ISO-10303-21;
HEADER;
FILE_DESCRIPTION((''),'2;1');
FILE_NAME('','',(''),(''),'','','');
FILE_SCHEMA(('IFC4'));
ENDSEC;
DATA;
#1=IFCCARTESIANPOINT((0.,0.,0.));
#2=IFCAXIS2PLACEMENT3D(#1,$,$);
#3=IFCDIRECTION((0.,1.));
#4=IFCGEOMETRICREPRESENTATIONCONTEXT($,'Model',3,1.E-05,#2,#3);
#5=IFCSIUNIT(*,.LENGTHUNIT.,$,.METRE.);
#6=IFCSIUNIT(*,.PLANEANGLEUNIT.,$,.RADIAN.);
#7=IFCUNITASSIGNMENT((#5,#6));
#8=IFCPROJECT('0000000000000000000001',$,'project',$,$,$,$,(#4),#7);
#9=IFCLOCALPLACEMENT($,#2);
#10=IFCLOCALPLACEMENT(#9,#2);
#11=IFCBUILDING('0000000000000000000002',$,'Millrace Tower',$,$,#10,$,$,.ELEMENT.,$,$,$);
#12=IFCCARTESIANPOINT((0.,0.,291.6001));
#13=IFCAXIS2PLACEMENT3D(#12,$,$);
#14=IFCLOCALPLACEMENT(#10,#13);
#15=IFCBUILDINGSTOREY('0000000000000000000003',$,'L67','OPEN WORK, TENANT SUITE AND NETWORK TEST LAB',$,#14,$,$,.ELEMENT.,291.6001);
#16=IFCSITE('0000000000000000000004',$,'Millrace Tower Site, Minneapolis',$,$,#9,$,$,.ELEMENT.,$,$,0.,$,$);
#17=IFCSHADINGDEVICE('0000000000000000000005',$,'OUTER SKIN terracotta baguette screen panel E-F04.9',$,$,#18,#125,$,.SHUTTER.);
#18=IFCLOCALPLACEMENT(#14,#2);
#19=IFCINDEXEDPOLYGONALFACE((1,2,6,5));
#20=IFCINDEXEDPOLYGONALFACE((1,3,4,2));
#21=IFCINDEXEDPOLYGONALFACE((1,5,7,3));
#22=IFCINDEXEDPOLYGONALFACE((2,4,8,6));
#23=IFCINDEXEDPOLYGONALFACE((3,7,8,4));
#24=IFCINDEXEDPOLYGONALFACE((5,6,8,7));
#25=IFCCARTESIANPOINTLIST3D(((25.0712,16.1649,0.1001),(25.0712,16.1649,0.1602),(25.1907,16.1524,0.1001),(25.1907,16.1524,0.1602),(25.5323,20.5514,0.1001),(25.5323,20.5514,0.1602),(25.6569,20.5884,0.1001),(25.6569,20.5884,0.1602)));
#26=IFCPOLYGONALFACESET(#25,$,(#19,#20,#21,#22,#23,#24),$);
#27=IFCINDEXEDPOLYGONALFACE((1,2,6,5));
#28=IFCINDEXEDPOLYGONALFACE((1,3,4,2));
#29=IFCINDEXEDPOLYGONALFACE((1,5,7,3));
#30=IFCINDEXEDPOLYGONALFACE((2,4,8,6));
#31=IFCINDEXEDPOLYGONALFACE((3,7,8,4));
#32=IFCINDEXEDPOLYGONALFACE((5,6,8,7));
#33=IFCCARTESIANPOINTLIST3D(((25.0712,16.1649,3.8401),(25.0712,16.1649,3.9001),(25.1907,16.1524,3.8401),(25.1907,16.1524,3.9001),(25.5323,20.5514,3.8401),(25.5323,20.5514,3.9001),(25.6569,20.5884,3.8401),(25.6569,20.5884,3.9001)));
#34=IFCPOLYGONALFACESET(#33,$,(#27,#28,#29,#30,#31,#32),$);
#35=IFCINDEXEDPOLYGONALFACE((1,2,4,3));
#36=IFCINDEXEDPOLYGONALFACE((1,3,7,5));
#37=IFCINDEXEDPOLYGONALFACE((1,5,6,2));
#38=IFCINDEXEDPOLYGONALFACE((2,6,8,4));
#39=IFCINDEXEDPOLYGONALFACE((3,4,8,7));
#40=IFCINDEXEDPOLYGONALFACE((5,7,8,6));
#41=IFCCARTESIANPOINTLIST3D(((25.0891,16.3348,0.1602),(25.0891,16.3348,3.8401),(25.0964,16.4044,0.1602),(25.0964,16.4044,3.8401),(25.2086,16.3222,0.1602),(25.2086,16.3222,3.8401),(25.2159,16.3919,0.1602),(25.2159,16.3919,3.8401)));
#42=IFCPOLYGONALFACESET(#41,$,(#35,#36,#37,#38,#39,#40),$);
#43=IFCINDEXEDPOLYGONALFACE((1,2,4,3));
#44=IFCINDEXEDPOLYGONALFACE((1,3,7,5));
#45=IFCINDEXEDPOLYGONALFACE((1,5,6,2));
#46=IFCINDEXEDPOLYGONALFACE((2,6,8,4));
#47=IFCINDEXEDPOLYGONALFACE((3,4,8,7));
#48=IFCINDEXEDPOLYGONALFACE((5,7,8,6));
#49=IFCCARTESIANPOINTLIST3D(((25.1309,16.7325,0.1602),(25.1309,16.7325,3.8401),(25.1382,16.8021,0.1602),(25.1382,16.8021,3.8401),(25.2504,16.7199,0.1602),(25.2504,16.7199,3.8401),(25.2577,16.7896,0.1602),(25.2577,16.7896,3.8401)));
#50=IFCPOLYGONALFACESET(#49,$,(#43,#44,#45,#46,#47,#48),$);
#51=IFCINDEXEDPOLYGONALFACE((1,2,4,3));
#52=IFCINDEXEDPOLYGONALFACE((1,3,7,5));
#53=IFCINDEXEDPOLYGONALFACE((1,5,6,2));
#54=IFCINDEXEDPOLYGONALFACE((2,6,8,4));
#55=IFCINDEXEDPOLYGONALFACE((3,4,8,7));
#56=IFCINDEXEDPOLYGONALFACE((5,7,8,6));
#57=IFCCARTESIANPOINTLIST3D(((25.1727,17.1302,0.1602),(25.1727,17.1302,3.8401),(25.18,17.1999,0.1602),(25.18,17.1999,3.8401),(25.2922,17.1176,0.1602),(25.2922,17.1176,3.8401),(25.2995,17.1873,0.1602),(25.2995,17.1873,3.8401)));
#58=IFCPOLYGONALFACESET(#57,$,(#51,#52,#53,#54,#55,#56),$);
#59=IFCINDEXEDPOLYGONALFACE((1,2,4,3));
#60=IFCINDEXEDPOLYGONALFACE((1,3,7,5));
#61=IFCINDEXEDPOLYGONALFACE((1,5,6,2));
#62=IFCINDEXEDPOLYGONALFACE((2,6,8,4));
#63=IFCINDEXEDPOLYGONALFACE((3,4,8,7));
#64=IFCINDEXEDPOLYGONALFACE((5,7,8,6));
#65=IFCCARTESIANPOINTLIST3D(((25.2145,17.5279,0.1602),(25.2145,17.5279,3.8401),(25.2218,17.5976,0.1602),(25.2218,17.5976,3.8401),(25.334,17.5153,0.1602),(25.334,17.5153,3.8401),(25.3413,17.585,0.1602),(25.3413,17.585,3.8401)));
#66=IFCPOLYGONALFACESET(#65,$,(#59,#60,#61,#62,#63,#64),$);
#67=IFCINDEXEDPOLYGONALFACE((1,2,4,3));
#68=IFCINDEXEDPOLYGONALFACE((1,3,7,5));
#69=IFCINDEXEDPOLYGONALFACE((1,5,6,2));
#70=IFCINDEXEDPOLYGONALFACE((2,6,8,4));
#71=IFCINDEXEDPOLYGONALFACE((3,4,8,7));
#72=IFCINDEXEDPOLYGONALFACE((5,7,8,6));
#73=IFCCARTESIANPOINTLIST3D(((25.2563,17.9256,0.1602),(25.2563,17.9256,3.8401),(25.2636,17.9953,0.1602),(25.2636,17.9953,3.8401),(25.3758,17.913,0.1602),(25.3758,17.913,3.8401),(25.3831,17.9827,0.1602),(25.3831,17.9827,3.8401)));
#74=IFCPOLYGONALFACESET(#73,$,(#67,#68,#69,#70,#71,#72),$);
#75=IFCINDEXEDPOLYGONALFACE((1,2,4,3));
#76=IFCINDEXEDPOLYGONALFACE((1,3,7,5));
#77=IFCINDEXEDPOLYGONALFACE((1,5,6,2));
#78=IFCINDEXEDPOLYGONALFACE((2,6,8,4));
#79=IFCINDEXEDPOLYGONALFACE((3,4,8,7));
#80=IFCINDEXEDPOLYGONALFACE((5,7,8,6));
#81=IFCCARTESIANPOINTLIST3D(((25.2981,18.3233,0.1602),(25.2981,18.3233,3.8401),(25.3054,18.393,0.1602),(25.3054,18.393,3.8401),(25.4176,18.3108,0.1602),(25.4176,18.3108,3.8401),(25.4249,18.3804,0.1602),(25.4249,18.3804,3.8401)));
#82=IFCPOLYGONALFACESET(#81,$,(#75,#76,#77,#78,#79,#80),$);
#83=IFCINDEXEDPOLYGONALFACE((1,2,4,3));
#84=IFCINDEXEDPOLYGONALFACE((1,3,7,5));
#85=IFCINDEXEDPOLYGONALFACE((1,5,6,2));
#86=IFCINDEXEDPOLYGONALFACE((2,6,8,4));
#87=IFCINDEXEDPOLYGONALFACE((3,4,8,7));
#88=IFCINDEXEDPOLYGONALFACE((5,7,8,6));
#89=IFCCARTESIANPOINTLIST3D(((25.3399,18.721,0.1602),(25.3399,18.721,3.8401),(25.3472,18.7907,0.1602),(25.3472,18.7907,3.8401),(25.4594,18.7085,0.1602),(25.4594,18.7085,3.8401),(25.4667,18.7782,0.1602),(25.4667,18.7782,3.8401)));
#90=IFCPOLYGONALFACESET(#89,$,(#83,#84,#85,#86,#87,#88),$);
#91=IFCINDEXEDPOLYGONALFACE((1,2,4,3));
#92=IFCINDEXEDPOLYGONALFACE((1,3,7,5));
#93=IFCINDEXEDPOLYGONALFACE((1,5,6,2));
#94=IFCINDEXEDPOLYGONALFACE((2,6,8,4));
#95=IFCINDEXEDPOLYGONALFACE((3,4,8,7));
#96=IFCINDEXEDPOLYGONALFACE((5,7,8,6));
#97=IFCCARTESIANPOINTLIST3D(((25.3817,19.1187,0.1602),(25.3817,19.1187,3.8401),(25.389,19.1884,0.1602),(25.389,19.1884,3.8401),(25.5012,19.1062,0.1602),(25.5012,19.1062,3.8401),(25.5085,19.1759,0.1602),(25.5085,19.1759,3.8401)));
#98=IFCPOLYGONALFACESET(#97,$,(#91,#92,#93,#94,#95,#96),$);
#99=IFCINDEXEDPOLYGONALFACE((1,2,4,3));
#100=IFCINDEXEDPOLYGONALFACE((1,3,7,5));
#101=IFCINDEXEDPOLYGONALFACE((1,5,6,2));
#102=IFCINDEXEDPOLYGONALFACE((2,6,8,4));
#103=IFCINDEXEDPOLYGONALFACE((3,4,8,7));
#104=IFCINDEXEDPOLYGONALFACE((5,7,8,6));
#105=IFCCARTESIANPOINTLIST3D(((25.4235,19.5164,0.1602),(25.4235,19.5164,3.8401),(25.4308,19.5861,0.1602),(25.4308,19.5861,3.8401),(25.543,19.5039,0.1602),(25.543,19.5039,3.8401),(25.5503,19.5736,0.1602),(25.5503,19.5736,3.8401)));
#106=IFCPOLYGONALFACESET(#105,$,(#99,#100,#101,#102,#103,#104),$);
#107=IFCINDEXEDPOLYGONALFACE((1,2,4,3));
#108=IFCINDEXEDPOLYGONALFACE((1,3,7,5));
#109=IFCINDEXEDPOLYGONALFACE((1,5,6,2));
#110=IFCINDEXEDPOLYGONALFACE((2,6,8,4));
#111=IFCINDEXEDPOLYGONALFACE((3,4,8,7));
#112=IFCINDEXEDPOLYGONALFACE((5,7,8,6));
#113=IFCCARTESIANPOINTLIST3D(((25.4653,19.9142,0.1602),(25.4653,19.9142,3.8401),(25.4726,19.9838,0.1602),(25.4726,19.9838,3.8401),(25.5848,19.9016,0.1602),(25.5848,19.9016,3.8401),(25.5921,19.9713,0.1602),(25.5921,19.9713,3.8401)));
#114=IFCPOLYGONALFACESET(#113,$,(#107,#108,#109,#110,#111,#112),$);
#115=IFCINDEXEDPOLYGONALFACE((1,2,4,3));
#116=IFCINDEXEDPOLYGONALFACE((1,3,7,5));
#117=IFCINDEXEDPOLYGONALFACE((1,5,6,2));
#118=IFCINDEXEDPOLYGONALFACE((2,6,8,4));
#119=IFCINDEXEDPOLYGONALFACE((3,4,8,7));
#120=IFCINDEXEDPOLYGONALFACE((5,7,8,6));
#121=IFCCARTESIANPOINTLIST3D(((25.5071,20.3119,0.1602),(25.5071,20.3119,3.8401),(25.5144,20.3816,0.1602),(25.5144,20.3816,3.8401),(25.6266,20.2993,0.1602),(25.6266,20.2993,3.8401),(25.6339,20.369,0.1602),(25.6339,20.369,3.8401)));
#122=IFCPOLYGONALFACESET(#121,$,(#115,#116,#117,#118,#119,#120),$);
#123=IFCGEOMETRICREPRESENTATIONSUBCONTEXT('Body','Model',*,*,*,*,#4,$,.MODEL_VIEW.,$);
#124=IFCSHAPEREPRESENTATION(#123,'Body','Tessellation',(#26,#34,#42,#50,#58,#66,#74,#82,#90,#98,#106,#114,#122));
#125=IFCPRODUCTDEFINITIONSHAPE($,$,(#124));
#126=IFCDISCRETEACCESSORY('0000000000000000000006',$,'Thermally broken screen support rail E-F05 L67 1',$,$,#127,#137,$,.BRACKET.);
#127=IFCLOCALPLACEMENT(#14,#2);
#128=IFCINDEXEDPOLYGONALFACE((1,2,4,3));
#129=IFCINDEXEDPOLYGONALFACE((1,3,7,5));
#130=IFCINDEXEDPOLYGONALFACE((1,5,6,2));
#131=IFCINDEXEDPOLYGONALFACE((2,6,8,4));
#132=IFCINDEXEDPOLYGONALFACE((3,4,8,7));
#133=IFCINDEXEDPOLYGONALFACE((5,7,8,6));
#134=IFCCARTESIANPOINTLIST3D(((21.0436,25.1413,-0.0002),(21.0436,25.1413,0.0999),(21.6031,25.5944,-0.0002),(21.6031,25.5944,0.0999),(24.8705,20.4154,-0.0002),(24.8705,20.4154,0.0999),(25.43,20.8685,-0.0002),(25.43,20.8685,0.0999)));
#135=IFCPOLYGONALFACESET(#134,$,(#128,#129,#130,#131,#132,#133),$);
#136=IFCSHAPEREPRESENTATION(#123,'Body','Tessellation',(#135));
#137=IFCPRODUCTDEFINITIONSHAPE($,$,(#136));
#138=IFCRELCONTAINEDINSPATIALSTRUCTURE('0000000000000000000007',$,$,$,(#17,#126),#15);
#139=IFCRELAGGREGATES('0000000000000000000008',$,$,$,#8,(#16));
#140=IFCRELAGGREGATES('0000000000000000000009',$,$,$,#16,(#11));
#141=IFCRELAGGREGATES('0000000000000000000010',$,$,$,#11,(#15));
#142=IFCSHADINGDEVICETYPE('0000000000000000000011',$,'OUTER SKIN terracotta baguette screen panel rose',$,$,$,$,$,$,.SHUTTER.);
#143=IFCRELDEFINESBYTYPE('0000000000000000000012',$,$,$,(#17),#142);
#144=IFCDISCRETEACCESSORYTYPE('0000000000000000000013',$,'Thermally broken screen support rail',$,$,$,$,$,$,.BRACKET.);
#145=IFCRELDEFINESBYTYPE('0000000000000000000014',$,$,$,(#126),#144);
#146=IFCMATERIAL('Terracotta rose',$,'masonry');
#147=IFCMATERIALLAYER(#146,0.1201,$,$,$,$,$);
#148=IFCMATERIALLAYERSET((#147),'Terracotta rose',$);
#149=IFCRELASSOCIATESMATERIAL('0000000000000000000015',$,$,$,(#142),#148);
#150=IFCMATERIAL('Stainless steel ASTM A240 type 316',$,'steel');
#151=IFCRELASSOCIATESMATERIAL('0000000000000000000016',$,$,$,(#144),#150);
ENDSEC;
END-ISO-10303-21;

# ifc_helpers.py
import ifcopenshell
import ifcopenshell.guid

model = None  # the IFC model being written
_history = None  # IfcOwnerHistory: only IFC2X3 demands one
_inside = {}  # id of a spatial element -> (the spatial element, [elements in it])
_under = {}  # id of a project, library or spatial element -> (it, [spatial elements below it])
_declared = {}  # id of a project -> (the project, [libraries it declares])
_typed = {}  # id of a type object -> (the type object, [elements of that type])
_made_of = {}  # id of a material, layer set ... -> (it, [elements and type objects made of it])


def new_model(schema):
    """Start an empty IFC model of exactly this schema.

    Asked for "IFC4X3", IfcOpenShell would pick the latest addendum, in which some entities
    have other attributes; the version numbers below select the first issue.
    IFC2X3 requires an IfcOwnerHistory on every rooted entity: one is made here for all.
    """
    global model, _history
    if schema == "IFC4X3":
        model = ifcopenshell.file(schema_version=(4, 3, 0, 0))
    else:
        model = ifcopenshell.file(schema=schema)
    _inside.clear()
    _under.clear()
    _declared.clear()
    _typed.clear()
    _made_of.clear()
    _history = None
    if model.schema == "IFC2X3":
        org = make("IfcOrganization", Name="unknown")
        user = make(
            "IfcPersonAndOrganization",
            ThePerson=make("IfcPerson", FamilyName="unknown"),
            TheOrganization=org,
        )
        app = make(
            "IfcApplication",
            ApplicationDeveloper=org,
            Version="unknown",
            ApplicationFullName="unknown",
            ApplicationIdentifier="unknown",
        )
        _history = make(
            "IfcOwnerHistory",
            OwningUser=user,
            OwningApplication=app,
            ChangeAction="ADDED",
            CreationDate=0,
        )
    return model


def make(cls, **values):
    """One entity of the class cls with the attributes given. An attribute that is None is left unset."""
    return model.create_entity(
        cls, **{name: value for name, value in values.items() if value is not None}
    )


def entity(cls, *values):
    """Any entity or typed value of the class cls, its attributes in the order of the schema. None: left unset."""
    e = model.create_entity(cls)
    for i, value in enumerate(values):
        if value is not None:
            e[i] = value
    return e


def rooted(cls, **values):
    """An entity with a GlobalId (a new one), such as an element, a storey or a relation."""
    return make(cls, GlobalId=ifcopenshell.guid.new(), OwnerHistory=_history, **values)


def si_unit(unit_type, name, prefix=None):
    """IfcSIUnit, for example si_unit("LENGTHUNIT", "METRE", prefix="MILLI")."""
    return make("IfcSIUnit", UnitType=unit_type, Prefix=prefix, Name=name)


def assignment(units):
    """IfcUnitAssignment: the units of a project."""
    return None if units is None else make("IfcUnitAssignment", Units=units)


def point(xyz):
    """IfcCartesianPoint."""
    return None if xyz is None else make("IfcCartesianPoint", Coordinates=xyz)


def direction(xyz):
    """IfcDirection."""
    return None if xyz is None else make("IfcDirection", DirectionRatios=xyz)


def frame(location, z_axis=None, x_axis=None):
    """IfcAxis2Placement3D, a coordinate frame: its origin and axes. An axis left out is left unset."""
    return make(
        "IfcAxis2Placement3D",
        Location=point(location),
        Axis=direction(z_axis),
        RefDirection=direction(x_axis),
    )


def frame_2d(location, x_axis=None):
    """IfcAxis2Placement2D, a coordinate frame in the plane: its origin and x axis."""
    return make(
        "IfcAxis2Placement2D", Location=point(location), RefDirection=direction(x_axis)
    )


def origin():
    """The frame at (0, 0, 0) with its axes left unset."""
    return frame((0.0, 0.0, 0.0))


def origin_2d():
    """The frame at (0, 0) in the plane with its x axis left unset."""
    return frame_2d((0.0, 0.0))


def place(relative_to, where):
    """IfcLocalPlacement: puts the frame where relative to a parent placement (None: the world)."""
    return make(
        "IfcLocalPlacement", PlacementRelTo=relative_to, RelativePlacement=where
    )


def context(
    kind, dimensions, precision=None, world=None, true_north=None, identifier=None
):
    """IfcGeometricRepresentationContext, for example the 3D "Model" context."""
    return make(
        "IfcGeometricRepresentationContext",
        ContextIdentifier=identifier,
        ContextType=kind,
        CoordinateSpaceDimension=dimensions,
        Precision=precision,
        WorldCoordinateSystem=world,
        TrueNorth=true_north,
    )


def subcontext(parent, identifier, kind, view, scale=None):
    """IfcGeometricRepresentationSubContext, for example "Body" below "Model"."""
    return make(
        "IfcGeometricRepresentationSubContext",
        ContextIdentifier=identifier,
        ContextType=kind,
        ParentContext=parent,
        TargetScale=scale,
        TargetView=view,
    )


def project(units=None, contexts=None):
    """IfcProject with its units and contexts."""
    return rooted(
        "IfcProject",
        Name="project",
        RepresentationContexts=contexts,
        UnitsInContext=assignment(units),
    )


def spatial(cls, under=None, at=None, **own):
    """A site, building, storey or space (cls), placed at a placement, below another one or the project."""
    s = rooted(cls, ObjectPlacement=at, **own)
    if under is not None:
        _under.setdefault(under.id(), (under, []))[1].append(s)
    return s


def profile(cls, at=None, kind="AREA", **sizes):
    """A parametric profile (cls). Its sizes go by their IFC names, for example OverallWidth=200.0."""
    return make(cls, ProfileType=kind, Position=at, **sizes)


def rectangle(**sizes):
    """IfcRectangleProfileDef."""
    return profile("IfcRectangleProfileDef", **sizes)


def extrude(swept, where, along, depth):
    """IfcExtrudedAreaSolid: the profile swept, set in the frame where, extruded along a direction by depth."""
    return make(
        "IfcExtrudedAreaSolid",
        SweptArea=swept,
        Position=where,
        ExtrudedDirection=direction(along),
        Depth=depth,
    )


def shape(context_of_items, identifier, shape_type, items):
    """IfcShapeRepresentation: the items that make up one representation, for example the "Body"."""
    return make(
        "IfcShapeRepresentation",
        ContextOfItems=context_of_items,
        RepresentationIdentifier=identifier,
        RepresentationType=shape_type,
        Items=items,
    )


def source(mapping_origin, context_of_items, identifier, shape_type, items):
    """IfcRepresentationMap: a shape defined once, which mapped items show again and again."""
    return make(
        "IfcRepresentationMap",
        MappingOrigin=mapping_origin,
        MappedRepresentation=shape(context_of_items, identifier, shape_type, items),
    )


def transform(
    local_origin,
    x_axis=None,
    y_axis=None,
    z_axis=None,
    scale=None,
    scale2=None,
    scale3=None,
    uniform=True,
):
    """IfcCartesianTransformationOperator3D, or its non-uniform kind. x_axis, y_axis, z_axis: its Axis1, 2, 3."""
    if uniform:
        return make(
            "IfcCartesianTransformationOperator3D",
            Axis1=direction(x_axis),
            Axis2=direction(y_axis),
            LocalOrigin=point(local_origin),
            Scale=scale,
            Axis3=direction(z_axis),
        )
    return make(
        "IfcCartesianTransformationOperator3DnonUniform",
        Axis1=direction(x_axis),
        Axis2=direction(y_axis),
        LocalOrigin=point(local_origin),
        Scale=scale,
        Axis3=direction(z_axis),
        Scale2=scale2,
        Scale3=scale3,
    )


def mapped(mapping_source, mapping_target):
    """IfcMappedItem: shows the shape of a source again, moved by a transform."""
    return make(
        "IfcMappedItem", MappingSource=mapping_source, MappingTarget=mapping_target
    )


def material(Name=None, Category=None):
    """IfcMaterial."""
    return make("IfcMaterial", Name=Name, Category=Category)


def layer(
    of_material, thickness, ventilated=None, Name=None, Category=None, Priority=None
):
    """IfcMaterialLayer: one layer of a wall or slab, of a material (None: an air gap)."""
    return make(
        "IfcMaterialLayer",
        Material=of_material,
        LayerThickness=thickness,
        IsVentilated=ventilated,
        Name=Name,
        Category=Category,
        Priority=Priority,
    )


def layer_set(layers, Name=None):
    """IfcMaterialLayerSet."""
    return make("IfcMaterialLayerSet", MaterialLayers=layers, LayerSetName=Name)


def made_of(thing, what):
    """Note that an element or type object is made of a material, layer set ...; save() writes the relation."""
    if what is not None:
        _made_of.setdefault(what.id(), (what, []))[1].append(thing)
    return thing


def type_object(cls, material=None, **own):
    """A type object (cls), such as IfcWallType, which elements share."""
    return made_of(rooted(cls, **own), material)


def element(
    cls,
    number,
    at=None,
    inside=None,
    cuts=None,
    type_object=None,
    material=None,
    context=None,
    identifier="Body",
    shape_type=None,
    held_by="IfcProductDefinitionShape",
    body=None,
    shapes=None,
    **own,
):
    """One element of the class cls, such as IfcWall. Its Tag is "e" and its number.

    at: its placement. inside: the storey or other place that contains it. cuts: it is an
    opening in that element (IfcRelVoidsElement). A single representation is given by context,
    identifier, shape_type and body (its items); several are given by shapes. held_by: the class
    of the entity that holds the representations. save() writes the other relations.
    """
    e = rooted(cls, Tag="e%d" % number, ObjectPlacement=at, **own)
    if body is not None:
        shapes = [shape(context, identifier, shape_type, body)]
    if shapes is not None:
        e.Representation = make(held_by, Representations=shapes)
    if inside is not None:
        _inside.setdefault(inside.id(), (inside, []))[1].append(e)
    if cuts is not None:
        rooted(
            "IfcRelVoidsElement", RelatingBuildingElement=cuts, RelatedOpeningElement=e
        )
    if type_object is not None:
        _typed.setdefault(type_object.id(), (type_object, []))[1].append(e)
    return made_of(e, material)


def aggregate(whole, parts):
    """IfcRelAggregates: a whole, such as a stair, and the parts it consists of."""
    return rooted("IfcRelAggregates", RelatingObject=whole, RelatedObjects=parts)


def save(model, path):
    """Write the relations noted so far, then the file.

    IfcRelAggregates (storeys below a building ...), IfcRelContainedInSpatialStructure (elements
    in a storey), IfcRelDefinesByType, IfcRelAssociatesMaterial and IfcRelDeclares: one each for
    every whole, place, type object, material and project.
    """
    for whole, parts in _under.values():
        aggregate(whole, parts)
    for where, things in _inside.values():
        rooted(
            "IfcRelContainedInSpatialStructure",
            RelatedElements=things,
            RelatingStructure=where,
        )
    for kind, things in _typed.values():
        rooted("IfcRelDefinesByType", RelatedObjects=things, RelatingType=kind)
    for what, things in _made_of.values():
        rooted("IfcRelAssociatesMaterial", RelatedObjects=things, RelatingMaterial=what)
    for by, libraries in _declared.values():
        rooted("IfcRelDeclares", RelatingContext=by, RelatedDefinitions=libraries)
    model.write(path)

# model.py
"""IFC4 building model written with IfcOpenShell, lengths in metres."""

from ifc_helpers import new_model, entity, si_unit, direction, frame, frame_2d, origin, origin_2d, place, context, subcontext, project, spatial, rectangle, extrude, source, transform, mapped, material, layer, layer_set, type_object, element, save


model = new_model("IFC4")

# Units and contexts
model_context = context("Model", 3, precision=1e-05, world=origin(), true_north=direction((0.0, 1.0)))
body_context = subcontext(model_context, "Body", "Model", "MODEL_VIEW")
ifc_project = project(units=[si_unit("LENGTHUNIT", "METRE"), si_unit("PLANEANGLEUNIT", "RADIAN")], contexts=[model_context])

# Site, building, storey
site_placement = place(None, origin())
site = spatial("IfcSite", under=ifc_project, at=site_placement, Name="Millrace Tower Site, Minneapolis", CompositionType="ELEMENT", RefElevation=0.0)
building_placement = place(site_placement, origin())
building = spatial("IfcBuilding", under=site, at=building_placement, Name="Millrace Tower", CompositionType="ELEMENT")
storey_placement = place(building_placement, frame((0.0, 0.0, 291.6001)))
storey = spatial("IfcBuildingStorey", under=building, at=storey_placement, Name="L67", Description="OPEN WORK, TENANT SUITE AND NETWORK TEST LAB", CompositionType="ELEMENT", Elevation=291.6001)

# Shading device
ifc_material_1 = material(Name="Terracotta rose", Category="masonry")
ifc_layer_1 = layer(ifc_material_1, 0.1201)
ifc_layer_set_1 = layer_set([ifc_layer_1], Name="Terracotta rose")
shading_device_type = type_object("IfcShadingDeviceType", Name="OUTER SKIN terracotta baguette screen panel rose", PredefinedType="SHUTTER", material=ifc_layer_set_1)
cartesian_point_1 = entity("IfcCartesianPoint", [-2.2178, 0.0601])
shared_polyline_1 = entity("IfcPolyline", [cartesian_point_1, entity("IfcCartesianPoint", [2.1929, 0.0601]), entity("IfcCartesianPoint", [2.2427, -0.0601]), entity("IfcCartesianPoint", [-2.2178, -0.0601]), cartesian_point_1])
shared_shape_1 = source(origin(), body_context, "Body", "SweptSolid", [
    entity("IfcExtrudedAreaSolid", entity("IfcArbitraryClosedProfileDef", "AREA", None, shared_polyline_1), entity("IfcAxis2Placement3D", entity("IfcCartesianPoint", [0.0, 0.0, 0.0])), entity("IfcDirection", [0.0, 0.0, 1.0]), 0.0601),
    entity("IfcExtrudedAreaSolid", entity("IfcArbitraryClosedProfileDef", "AREA", None, shared_polyline_1), entity("IfcAxis2Placement3D", entity("IfcCartesianPoint", [0.0, 0.0, 3.74])), entity("IfcDirection", [0.0, 0.0, 1.0]), 0.0601),
    extrude(rectangle(XDim=0.0701, YDim=0.1201, at=frame_2d((-2.012, 0.0))), frame((0.0, 0.0, 0.0601)), (0.0, 0.0, 1.0), 3.6799),
    extrude(rectangle(XDim=0.0701, YDim=0.1201, at=frame_2d((-1.6121, 0.0))), frame((0.0, 0.0, 0.0601)), (0.0, 0.0, 1.0), 3.6799),
    extrude(rectangle(XDim=0.0701, YDim=0.1201, at=frame_2d((-1.2122, 0.0))), frame((0.0, 0.0, 0.0601)), (0.0, 0.0, 1.0), 3.6799),
    extrude(rectangle(XDim=0.0701, YDim=0.1201, at=frame_2d((-0.8123, 0.0))), frame((0.0, 0.0, 0.0601)), (0.0, 0.0, 1.0), 3.6799),
    extrude(rectangle(XDim=0.0701, YDim=0.1201, at=frame_2d((-0.4124, 0.0))), frame((0.0, 0.0, 0.0601)), (0.0, 0.0, 1.0), 3.6799),
    extrude(rectangle(XDim=0.0701, YDim=0.1201, at=frame_2d((-0.0125, 0.0))), frame((0.0, 0.0, 0.0601)), (0.0, 0.0, 1.0), 3.6799),
    extrude(rectangle(XDim=0.0701, YDim=0.1201, at=frame_2d((0.3875, 0.0))), frame((0.0, 0.0, 0.0601)), (0.0, 0.0, 1.0), 3.6799),
    extrude(rectangle(XDim=0.0701, YDim=0.1201, at=frame_2d((0.7874, 0.0))), frame((0.0, 0.0, 0.0601)), (0.0, 0.0, 1.0), 3.6799),
    extrude(rectangle(XDim=0.0701, YDim=0.1201, at=frame_2d((1.1873, 0.0))), frame((0.0, 0.0, 0.0601)), (0.0, 0.0, 1.0), 3.6799),
    extrude(rectangle(XDim=0.0701, YDim=0.1201, at=frame_2d((1.5872, 0.0))), frame((0.0, 0.0, 0.0601)), (0.0, 0.0, 1.0), 3.6799),
    extrude(rectangle(XDim=0.0701, YDim=0.1201, at=frame_2d((1.9871, 0.0))), frame((0.0, 0.0, 0.0601)), (0.0, 0.0, 1.0), 3.6799),
])
shading_device_1_placement = place(storey_placement, frame((25.3628, 18.3643, 0.1001), z_axis=(0.0, 0.0, 1.0), x_axis=(0.104528, 0.994522, 0.0)))
element("IfcShadingDevice", 1, at=shading_device_1_placement, inside=storey, type_object=shading_device_type, Name="OUTER SKIN terracotta baguette screen panel E-F04.9", PredefinedType="SHUTTER", context=body_context, shape_type="MappedRepresentation", body=[
    mapped(shared_shape_1, transform((0.0, 0.0, 0.0), scale=1.0)),
])

# Discrete accessory
ifc_material_2 = material(Name="Stainless steel ASTM A240 type 316", Category="steel")
discrete_accessory_type = type_object("IfcDiscreteAccessoryType", Name="Thermally broken screen support rail", PredefinedType="BRACKET", material=ifc_material_2)
discrete_accessory_placement = place(storey_placement, frame((23.2368, 23.0049, -0.0002), z_axis=(0.0, 0.0, 1.0), x_axis=(-0.62932, 0.777146, 0.0)))
element("IfcDiscreteAccessory", 2, at=discrete_accessory_placement, inside=storey, type_object=discrete_accessory_type, Name="Thermally broken screen support rail E-F05 L67 1", PredefinedType="BRACKET", context=body_context, shape_type="SweptSolid", body=[
    extrude(rectangle(XDim=6.0811, YDim=0.72, at=origin_2d()), origin(), (0.0, 0.0, 1.0), 0.1001),
])

save(model, "model.ifc")
